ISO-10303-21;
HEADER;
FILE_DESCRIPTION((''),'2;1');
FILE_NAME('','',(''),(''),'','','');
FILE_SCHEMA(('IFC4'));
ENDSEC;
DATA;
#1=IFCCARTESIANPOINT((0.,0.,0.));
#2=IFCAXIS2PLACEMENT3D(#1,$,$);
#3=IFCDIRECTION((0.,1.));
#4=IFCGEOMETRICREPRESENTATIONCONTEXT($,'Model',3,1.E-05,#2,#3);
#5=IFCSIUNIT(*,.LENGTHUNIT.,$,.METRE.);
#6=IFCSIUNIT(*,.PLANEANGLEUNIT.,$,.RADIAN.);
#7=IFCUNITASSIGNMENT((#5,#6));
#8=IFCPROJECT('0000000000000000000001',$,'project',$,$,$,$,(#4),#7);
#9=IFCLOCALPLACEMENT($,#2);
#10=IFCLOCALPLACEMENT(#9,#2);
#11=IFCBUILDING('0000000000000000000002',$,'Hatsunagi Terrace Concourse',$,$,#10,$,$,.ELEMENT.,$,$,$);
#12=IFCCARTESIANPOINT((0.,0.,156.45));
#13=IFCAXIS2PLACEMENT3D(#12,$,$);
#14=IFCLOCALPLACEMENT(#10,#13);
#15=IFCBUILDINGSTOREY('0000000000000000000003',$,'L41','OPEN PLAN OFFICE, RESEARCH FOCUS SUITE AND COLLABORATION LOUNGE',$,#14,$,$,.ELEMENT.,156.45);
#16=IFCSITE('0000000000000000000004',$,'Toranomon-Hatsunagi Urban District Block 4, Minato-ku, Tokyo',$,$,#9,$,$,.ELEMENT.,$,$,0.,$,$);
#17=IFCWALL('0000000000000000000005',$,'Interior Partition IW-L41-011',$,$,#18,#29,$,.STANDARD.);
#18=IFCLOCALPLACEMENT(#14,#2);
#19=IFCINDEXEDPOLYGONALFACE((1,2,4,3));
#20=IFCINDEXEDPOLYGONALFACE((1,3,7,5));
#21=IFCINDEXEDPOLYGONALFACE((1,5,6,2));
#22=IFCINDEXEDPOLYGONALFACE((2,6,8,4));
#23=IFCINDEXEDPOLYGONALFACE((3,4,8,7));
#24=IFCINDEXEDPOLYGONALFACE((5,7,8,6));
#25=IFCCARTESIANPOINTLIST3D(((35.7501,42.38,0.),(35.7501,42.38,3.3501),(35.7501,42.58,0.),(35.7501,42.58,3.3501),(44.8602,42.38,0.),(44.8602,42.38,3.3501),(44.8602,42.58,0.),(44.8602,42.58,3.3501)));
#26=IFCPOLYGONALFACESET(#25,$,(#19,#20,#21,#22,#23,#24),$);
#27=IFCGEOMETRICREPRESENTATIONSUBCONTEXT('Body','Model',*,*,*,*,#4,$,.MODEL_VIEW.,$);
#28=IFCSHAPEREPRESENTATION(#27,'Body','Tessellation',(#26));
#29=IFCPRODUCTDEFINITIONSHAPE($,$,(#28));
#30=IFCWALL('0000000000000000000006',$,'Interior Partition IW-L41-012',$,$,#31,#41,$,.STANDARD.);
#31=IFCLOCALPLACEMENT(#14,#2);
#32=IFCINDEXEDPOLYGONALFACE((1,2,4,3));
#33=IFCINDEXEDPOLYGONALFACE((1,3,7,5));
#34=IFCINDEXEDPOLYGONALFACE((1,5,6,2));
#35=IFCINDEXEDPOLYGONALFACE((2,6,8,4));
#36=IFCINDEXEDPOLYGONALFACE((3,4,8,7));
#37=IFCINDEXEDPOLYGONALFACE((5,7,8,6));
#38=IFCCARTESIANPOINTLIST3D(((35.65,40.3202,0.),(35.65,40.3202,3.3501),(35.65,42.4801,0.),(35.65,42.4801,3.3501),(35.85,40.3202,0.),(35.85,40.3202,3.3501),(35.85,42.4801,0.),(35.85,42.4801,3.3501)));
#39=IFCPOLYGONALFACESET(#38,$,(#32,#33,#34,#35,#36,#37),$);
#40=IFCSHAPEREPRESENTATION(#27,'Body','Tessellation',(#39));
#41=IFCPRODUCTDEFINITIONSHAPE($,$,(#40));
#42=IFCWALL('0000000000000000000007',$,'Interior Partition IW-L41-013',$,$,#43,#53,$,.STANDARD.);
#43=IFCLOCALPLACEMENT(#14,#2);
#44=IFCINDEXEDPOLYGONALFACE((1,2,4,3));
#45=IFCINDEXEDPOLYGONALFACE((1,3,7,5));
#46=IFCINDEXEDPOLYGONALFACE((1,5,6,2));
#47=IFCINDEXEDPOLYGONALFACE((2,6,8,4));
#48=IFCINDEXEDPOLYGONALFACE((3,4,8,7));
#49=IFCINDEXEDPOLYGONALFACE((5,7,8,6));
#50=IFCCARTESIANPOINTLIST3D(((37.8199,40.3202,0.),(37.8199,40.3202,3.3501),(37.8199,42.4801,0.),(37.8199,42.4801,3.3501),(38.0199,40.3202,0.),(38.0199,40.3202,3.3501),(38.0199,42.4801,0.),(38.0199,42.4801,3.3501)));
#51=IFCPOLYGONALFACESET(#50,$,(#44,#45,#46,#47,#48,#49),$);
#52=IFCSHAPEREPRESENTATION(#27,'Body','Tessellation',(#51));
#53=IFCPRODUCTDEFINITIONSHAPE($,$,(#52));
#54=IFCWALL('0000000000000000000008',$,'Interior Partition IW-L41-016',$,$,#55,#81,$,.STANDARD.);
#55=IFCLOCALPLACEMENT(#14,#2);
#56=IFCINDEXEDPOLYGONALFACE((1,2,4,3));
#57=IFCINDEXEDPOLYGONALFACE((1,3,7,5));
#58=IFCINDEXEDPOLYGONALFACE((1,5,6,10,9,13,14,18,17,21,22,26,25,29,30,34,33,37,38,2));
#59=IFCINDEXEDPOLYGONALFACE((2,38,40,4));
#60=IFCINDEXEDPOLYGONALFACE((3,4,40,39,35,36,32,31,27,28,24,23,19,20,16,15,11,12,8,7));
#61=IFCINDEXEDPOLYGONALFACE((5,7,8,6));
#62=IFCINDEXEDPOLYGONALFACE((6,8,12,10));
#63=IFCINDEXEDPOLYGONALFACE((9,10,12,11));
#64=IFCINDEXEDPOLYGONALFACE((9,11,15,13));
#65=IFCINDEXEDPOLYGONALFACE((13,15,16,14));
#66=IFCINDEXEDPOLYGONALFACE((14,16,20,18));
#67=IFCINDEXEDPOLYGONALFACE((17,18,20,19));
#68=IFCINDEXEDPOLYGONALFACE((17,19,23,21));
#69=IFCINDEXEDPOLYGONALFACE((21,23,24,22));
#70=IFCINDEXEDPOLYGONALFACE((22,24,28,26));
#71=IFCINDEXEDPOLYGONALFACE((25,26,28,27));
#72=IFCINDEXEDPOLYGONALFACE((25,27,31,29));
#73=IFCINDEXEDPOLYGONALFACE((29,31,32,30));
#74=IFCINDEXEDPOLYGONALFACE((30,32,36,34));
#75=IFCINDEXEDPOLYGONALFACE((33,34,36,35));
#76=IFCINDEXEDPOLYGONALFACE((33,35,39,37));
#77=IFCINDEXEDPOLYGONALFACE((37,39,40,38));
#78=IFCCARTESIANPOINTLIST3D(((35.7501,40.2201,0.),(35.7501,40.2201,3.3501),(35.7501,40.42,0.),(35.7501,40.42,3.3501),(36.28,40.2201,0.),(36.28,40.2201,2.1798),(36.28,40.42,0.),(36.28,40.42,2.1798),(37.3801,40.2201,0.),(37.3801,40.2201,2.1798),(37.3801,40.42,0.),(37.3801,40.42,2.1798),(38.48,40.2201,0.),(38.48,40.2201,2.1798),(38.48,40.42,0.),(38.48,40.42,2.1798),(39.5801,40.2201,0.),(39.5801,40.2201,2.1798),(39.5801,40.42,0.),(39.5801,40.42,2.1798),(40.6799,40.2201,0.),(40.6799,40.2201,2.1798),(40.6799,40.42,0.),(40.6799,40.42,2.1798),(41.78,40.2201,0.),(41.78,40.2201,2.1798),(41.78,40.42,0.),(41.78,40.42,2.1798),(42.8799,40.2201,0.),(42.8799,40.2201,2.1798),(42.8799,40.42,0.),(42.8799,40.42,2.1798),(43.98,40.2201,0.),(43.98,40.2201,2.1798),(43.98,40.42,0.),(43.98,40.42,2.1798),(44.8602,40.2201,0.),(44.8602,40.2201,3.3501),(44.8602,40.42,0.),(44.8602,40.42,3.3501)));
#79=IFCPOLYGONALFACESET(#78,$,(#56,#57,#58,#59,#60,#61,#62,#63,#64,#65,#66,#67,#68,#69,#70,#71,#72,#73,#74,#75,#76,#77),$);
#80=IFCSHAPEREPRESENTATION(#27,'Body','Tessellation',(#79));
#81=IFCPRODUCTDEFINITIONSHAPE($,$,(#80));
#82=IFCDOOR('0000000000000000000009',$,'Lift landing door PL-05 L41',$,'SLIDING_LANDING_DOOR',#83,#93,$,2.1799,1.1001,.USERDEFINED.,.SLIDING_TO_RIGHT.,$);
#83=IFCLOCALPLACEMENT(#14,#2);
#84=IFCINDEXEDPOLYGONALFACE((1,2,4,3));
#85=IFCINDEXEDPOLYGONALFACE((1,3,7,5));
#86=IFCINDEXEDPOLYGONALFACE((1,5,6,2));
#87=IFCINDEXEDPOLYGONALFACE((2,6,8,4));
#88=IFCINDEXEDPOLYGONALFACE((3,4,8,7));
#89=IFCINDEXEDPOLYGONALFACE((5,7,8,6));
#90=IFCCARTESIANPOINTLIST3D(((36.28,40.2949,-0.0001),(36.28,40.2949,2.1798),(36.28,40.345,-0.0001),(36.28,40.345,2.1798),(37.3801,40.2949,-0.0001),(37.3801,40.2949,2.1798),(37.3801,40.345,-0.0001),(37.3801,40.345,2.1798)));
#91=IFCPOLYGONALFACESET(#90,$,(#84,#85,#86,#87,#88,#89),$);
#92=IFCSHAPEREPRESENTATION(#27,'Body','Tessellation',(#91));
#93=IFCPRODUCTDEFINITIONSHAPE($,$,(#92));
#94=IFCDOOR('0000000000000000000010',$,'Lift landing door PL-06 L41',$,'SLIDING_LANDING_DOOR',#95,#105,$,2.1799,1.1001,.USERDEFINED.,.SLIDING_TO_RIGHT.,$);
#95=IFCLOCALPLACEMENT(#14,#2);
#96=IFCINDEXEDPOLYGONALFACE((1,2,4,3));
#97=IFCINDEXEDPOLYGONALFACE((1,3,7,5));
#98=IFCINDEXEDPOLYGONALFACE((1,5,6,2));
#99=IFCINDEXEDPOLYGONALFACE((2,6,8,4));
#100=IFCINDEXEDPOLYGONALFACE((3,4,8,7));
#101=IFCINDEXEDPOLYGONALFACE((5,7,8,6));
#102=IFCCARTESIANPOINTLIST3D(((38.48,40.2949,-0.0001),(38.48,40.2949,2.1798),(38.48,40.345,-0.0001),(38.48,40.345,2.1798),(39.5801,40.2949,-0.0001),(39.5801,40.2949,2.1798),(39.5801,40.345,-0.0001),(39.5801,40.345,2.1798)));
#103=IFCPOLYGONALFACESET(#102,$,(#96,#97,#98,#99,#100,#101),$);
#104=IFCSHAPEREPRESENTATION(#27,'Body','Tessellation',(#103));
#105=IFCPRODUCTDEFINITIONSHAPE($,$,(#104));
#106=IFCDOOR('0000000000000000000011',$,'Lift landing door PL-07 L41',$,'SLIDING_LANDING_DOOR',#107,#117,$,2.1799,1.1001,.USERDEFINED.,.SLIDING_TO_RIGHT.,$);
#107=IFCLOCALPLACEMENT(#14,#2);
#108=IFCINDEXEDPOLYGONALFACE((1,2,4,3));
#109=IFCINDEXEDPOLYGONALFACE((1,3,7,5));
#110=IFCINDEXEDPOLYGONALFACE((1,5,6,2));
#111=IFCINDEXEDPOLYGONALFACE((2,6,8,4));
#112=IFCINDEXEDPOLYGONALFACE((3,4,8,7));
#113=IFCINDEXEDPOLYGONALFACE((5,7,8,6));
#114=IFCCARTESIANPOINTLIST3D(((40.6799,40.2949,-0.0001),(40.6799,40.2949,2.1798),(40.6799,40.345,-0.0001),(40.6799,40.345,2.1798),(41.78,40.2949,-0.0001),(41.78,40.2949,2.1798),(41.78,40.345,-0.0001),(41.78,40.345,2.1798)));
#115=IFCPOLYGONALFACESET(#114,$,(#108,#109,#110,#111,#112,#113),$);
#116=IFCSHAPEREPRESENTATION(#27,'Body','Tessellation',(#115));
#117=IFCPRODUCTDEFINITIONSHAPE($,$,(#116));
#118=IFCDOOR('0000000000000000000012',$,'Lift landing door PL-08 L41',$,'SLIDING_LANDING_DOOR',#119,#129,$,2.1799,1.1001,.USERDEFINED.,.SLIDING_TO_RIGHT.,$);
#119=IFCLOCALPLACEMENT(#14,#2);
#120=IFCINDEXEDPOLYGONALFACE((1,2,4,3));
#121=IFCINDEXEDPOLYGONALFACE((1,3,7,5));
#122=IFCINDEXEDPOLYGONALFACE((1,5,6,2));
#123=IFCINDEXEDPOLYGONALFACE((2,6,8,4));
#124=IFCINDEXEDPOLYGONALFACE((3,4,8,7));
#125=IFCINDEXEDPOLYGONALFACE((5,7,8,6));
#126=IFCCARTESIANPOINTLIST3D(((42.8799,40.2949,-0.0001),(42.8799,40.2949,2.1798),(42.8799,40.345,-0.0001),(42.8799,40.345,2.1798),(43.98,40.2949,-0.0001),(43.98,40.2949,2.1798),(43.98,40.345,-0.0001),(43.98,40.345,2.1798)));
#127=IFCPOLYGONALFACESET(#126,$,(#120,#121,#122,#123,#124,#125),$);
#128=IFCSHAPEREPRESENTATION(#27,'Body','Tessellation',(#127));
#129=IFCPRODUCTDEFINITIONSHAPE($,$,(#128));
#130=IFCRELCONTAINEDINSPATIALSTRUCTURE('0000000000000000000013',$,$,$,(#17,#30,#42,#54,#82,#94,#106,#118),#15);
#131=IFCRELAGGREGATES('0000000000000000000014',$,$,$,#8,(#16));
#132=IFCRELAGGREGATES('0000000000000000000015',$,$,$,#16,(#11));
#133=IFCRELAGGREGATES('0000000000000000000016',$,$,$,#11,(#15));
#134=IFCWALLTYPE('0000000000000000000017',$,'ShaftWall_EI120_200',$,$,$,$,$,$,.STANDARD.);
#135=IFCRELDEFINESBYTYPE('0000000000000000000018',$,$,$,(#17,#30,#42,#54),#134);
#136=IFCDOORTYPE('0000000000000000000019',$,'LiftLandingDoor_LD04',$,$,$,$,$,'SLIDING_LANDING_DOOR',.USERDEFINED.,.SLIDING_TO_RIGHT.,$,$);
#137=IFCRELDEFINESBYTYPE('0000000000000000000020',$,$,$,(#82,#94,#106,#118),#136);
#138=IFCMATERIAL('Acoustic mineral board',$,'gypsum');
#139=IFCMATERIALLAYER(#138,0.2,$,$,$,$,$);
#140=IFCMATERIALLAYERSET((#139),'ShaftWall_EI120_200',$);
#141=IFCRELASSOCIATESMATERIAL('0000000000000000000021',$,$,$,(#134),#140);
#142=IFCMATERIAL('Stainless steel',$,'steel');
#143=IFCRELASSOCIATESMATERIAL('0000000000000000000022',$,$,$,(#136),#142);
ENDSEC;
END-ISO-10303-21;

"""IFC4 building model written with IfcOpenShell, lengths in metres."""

from ifc_helpers import new_model, si_unit, direction, frame, frame_2d, origin, place, context, subcontext, project, spatial, rectangle, extrude, material, layer, layer_set, type_object, element, fill, save


model = new_model("IFC4")

# Units and contexts
model_context = context("Model", 3, precision=1e-05, world=origin(), true_north=direction((0.0, 1.0)))
body_context = subcontext(model_context, "Body", "Model", "MODEL_VIEW")
ifc_project = project(units=[si_unit("LENGTHUNIT", "METRE"), si_unit("PLANEANGLEUNIT", "RADIAN")], contexts=[model_context])

# Site, building, storey
site_placement = place(None, origin())
site = spatial("IfcSite", under=ifc_project, at=site_placement, Name="Toranomon-Hatsunagi Urban District Block 4, Minato-ku, Tokyo", CompositionType="ELEMENT", RefElevation=0.0)
building_placement = place(site_placement, origin())
building = spatial("IfcBuilding", under=site, at=building_placement, Name="Hatsunagi Terrace Concourse", CompositionType="ELEMENT")
storey_placement = place(building_placement, frame((0.0, 0.0, 156.45)))
storey = spatial("IfcBuildingStorey", under=building, at=storey_placement, Name="L41", Description="OPEN PLAN OFFICE, RESEARCH FOCUS SUITE AND COLLABORATION LOUNGE", CompositionType="ELEMENT", Elevation=156.45)

# Walls
ifc_material_1 = material(Name="Acoustic mineral board", Category="gypsum")
ifc_layer_1 = layer(ifc_material_1, 0.2)
ifc_layer_set_1 = layer_set([ifc_layer_1], Name="ShaftWall_EI120_200")
wall_type_1 = type_object("IfcWallType", Name="ShaftWall_EI120_200", PredefinedType="STANDARD", material=ifc_layer_set_1)
wall_1_placement = place(storey_placement, frame((35.75, 42.48, 0.0), z_axis=(0.0, 0.0, 1.0), x_axis=(1.0, 0.0, 0.0)))
element("IfcWall", 1, at=wall_1_placement, inside=storey, type_object=wall_type_1, Name="Interior Partition IW-L41-011", PredefinedType="STANDARD", context=body_context, shape_type="SweptSolid", body=[
    extrude(rectangle(XDim=9.1101, YDim=0.2, at=frame_2d((4.5552, 0.0))), origin(), (0.0, 0.0, 1.0), 3.3501),
])
for number, where, z_axis, x_axis, name in (
    (2, (35.75, 40.3201, 0.0), (0.0, 0.0, 1.0), (0.0, 1.0, 0.0), "Interior Partition IW-L41-012"),
    (3, (37.9199, 40.3201, 0.0), (0.0, 0.0, 1.0), (0.0, 1.0, 0.0), "Interior Partition IW-L41-013"),
):
    element("IfcWall", number, at=place(storey_placement, frame(where, z_axis=z_axis, x_axis=x_axis)), inside=storey, type_object=wall_type_1, Name=name, PredefinedType="STANDARD", context=body_context, shape_type="SweptSolid", body=[
        extrude(rectangle(XDim=2.1599, YDim=0.2, at=frame_2d((1.0801, 0.0))), origin(), (0.0, 0.0, 1.0), 3.3501),
    ])

# Wall, openings, doors
wall_2_placement = place(storey_placement, frame((35.75, 40.3201, 0.0), z_axis=(0.0, 0.0, 1.0), x_axis=(1.0, 0.0, 0.0)))
wall_2 = element("IfcWall", 4, at=wall_2_placement, inside=storey, type_object=wall_type_1, Name="Interior Partition IW-L41-016", PredefinedType="STANDARD", context=body_context, shape_type="SweptSolid", body=[
    extrude(rectangle(XDim=9.1101, YDim=0.2, at=frame_2d((4.5552, 0.0))), origin(), (0.0, 0.0, 1.0), 3.3501),
])
opening_1_placement = place(wall_2_placement, frame((0.53, 0.0, 0.0)))
opening_1 = element("IfcOpeningElement", 5, at=opening_1_placement, cuts=wall_2, PredefinedType="OPENING", context=body_context, shape_type="SweptSolid", body=[
    extrude(rectangle(XDim=1.1001, YDim=2.1799, at=frame_2d((0.55, 1.0898))), frame((0.0, 0.1099, 0.0), z_axis=(0.0, -1.0, 0.0), x_axis=(1.0, 0.0, 0.0)), (0.0, 0.0, 1.0), 0.22),
])
opening_2_placement = place(wall_2_placement, frame((2.73, 0.0, 0.0)))
opening_2 = element("IfcOpeningElement", 6, at=opening_2_placement, cuts=wall_2, PredefinedType="OPENING", context=body_context, shape_type="SweptSolid", body=[
    extrude(rectangle(XDim=1.1001, YDim=2.1799, at=frame_2d((0.55, 1.0898))), frame((0.0, 0.1099, 0.0), z_axis=(0.0, -1.0, 0.0), x_axis=(1.0, 0.0, 0.0)), (0.0, 0.0, 1.0), 0.22),
])
opening_3_placement = place(wall_2_placement, frame((4.9299, 0.0, 0.0)))
opening_3 = element("IfcOpeningElement", 7, at=opening_3_placement, cuts=wall_2, PredefinedType="OPENING", context=body_context, shape_type="SweptSolid", body=[
    extrude(rectangle(XDim=1.1001, YDim=2.1799, at=frame_2d((0.55, 1.0898))), frame((0.0, 0.1099, 0.0), z_axis=(0.0, -1.0, 0.0), x_axis=(1.0, 0.0, 0.0)), (0.0, 0.0, 1.0), 0.22),
])
opening_4_placement = place(wall_2_placement, frame((7.1299, 0.0, 0.0)))
opening_4 = element("IfcOpeningElement", 8, at=opening_4_placement, cuts=wall_2, PredefinedType="OPENING", context=body_context, shape_type="SweptSolid", body=[
    extrude(rectangle(XDim=1.1001, YDim=2.1799, at=frame_2d((0.55, 1.0898))), frame((0.0, 0.1099, 0.0), z_axis=(0.0, -1.0, 0.0), x_axis=(1.0, 0.0, 0.0)), (0.0, 0.0, 1.0), 0.22),
])
ifc_material_2 = material(Name="Stainless steel", Category="steel")
door_type_1 = type_object("IfcDoorType", Name="LiftLandingDoor_LD04", ElementType="SLIDING_LANDING_DOOR", OperationType="SLIDING_TO_RIGHT", PredefinedType="USERDEFINED", material=ifc_material_2)
door_1_placement = place(opening_1_placement, origin())
door_1 = element("IfcDoor", 9, at=door_1_placement, inside=storey, type_object=door_type_1, Name="Lift landing door PL-05 L41", ObjectType="SLIDING_LANDING_DOOR", OperationType="SLIDING_TO_RIGHT", OverallHeight=2.1799, OverallWidth=1.1001, PredefinedType="USERDEFINED", context=body_context, shape_type="SweptSolid", body=[
    extrude(rectangle(XDim=1.1001, YDim=2.1799, at=frame_2d((0.55, 1.0898))), frame((0.0, 0.0249, 0.0), z_axis=(0.0, -1.0, 0.0), x_axis=(1.0, 0.0, 0.0)), (0.0, 0.0, 1.0), 0.05),
])
fill(opening_1, door_1)
door_2_placement = place(opening_2_placement, origin())
door_2 = element("IfcDoor", 10, at=door_2_placement, inside=storey, type_object=door_type_1, Name="Lift landing door PL-06 L41", ObjectType="SLIDING_LANDING_DOOR", OperationType="SLIDING_TO_RIGHT", OverallHeight=2.1799, OverallWidth=1.1001, PredefinedType="USERDEFINED", context=body_context, shape_type="SweptSolid", body=[
    extrude(rectangle(XDim=1.1001, YDim=2.1799, at=frame_2d((0.55, 1.0898))), frame((0.0, 0.0249, 0.0), z_axis=(0.0, -1.0, 0.0), x_axis=(1.0, 0.0, 0.0)), (0.0, 0.0, 1.0), 0.05),
])
fill(opening_2, door_2)
door_3_placement = place(opening_3_placement, origin())
door_3 = element("IfcDoor", 11, at=door_3_placement, inside=storey, type_object=door_type_1, Name="Lift landing door PL-07 L41", ObjectType="SLIDING_LANDING_DOOR", OperationType="SLIDING_TO_RIGHT", OverallHeight=2.1799, OverallWidth=1.1001, PredefinedType="USERDEFINED", context=body_context, shape_type="SweptSolid", body=[
    extrude(rectangle(XDim=1.1001, YDim=2.1799, at=frame_2d((0.55, 1.0898))), frame((0.0, 0.0249, 0.0), z_axis=(0.0, -1.0, 0.0), x_axis=(1.0, 0.0, 0.0)), (0.0, 0.0, 1.0), 0.05),
])
fill(opening_3, door_3)
door_4_placement = place(opening_4_placement, origin())
door_4 = element("IfcDoor", 12, at=door_4_placement, inside=storey, type_object=door_type_1, Name="Lift landing door PL-08 L41", ObjectType="SLIDING_LANDING_DOOR", OperationType="SLIDING_TO_RIGHT", OverallHeight=2.1799, OverallWidth=1.1001, PredefinedType="USERDEFINED", context=body_context, shape_type="SweptSolid", body=[
    extrude(rectangle(XDim=1.1001, YDim=2.1799, at=frame_2d((0.55, 1.0898))), frame((0.0, 0.0249, 0.0), z_axis=(0.0, -1.0, 0.0), x_axis=(1.0, 0.0, 0.0)), (0.0, 0.0, 1.0), 0.05),
])
fill(opening_4, door_4)

save(model, "model.ifc")
